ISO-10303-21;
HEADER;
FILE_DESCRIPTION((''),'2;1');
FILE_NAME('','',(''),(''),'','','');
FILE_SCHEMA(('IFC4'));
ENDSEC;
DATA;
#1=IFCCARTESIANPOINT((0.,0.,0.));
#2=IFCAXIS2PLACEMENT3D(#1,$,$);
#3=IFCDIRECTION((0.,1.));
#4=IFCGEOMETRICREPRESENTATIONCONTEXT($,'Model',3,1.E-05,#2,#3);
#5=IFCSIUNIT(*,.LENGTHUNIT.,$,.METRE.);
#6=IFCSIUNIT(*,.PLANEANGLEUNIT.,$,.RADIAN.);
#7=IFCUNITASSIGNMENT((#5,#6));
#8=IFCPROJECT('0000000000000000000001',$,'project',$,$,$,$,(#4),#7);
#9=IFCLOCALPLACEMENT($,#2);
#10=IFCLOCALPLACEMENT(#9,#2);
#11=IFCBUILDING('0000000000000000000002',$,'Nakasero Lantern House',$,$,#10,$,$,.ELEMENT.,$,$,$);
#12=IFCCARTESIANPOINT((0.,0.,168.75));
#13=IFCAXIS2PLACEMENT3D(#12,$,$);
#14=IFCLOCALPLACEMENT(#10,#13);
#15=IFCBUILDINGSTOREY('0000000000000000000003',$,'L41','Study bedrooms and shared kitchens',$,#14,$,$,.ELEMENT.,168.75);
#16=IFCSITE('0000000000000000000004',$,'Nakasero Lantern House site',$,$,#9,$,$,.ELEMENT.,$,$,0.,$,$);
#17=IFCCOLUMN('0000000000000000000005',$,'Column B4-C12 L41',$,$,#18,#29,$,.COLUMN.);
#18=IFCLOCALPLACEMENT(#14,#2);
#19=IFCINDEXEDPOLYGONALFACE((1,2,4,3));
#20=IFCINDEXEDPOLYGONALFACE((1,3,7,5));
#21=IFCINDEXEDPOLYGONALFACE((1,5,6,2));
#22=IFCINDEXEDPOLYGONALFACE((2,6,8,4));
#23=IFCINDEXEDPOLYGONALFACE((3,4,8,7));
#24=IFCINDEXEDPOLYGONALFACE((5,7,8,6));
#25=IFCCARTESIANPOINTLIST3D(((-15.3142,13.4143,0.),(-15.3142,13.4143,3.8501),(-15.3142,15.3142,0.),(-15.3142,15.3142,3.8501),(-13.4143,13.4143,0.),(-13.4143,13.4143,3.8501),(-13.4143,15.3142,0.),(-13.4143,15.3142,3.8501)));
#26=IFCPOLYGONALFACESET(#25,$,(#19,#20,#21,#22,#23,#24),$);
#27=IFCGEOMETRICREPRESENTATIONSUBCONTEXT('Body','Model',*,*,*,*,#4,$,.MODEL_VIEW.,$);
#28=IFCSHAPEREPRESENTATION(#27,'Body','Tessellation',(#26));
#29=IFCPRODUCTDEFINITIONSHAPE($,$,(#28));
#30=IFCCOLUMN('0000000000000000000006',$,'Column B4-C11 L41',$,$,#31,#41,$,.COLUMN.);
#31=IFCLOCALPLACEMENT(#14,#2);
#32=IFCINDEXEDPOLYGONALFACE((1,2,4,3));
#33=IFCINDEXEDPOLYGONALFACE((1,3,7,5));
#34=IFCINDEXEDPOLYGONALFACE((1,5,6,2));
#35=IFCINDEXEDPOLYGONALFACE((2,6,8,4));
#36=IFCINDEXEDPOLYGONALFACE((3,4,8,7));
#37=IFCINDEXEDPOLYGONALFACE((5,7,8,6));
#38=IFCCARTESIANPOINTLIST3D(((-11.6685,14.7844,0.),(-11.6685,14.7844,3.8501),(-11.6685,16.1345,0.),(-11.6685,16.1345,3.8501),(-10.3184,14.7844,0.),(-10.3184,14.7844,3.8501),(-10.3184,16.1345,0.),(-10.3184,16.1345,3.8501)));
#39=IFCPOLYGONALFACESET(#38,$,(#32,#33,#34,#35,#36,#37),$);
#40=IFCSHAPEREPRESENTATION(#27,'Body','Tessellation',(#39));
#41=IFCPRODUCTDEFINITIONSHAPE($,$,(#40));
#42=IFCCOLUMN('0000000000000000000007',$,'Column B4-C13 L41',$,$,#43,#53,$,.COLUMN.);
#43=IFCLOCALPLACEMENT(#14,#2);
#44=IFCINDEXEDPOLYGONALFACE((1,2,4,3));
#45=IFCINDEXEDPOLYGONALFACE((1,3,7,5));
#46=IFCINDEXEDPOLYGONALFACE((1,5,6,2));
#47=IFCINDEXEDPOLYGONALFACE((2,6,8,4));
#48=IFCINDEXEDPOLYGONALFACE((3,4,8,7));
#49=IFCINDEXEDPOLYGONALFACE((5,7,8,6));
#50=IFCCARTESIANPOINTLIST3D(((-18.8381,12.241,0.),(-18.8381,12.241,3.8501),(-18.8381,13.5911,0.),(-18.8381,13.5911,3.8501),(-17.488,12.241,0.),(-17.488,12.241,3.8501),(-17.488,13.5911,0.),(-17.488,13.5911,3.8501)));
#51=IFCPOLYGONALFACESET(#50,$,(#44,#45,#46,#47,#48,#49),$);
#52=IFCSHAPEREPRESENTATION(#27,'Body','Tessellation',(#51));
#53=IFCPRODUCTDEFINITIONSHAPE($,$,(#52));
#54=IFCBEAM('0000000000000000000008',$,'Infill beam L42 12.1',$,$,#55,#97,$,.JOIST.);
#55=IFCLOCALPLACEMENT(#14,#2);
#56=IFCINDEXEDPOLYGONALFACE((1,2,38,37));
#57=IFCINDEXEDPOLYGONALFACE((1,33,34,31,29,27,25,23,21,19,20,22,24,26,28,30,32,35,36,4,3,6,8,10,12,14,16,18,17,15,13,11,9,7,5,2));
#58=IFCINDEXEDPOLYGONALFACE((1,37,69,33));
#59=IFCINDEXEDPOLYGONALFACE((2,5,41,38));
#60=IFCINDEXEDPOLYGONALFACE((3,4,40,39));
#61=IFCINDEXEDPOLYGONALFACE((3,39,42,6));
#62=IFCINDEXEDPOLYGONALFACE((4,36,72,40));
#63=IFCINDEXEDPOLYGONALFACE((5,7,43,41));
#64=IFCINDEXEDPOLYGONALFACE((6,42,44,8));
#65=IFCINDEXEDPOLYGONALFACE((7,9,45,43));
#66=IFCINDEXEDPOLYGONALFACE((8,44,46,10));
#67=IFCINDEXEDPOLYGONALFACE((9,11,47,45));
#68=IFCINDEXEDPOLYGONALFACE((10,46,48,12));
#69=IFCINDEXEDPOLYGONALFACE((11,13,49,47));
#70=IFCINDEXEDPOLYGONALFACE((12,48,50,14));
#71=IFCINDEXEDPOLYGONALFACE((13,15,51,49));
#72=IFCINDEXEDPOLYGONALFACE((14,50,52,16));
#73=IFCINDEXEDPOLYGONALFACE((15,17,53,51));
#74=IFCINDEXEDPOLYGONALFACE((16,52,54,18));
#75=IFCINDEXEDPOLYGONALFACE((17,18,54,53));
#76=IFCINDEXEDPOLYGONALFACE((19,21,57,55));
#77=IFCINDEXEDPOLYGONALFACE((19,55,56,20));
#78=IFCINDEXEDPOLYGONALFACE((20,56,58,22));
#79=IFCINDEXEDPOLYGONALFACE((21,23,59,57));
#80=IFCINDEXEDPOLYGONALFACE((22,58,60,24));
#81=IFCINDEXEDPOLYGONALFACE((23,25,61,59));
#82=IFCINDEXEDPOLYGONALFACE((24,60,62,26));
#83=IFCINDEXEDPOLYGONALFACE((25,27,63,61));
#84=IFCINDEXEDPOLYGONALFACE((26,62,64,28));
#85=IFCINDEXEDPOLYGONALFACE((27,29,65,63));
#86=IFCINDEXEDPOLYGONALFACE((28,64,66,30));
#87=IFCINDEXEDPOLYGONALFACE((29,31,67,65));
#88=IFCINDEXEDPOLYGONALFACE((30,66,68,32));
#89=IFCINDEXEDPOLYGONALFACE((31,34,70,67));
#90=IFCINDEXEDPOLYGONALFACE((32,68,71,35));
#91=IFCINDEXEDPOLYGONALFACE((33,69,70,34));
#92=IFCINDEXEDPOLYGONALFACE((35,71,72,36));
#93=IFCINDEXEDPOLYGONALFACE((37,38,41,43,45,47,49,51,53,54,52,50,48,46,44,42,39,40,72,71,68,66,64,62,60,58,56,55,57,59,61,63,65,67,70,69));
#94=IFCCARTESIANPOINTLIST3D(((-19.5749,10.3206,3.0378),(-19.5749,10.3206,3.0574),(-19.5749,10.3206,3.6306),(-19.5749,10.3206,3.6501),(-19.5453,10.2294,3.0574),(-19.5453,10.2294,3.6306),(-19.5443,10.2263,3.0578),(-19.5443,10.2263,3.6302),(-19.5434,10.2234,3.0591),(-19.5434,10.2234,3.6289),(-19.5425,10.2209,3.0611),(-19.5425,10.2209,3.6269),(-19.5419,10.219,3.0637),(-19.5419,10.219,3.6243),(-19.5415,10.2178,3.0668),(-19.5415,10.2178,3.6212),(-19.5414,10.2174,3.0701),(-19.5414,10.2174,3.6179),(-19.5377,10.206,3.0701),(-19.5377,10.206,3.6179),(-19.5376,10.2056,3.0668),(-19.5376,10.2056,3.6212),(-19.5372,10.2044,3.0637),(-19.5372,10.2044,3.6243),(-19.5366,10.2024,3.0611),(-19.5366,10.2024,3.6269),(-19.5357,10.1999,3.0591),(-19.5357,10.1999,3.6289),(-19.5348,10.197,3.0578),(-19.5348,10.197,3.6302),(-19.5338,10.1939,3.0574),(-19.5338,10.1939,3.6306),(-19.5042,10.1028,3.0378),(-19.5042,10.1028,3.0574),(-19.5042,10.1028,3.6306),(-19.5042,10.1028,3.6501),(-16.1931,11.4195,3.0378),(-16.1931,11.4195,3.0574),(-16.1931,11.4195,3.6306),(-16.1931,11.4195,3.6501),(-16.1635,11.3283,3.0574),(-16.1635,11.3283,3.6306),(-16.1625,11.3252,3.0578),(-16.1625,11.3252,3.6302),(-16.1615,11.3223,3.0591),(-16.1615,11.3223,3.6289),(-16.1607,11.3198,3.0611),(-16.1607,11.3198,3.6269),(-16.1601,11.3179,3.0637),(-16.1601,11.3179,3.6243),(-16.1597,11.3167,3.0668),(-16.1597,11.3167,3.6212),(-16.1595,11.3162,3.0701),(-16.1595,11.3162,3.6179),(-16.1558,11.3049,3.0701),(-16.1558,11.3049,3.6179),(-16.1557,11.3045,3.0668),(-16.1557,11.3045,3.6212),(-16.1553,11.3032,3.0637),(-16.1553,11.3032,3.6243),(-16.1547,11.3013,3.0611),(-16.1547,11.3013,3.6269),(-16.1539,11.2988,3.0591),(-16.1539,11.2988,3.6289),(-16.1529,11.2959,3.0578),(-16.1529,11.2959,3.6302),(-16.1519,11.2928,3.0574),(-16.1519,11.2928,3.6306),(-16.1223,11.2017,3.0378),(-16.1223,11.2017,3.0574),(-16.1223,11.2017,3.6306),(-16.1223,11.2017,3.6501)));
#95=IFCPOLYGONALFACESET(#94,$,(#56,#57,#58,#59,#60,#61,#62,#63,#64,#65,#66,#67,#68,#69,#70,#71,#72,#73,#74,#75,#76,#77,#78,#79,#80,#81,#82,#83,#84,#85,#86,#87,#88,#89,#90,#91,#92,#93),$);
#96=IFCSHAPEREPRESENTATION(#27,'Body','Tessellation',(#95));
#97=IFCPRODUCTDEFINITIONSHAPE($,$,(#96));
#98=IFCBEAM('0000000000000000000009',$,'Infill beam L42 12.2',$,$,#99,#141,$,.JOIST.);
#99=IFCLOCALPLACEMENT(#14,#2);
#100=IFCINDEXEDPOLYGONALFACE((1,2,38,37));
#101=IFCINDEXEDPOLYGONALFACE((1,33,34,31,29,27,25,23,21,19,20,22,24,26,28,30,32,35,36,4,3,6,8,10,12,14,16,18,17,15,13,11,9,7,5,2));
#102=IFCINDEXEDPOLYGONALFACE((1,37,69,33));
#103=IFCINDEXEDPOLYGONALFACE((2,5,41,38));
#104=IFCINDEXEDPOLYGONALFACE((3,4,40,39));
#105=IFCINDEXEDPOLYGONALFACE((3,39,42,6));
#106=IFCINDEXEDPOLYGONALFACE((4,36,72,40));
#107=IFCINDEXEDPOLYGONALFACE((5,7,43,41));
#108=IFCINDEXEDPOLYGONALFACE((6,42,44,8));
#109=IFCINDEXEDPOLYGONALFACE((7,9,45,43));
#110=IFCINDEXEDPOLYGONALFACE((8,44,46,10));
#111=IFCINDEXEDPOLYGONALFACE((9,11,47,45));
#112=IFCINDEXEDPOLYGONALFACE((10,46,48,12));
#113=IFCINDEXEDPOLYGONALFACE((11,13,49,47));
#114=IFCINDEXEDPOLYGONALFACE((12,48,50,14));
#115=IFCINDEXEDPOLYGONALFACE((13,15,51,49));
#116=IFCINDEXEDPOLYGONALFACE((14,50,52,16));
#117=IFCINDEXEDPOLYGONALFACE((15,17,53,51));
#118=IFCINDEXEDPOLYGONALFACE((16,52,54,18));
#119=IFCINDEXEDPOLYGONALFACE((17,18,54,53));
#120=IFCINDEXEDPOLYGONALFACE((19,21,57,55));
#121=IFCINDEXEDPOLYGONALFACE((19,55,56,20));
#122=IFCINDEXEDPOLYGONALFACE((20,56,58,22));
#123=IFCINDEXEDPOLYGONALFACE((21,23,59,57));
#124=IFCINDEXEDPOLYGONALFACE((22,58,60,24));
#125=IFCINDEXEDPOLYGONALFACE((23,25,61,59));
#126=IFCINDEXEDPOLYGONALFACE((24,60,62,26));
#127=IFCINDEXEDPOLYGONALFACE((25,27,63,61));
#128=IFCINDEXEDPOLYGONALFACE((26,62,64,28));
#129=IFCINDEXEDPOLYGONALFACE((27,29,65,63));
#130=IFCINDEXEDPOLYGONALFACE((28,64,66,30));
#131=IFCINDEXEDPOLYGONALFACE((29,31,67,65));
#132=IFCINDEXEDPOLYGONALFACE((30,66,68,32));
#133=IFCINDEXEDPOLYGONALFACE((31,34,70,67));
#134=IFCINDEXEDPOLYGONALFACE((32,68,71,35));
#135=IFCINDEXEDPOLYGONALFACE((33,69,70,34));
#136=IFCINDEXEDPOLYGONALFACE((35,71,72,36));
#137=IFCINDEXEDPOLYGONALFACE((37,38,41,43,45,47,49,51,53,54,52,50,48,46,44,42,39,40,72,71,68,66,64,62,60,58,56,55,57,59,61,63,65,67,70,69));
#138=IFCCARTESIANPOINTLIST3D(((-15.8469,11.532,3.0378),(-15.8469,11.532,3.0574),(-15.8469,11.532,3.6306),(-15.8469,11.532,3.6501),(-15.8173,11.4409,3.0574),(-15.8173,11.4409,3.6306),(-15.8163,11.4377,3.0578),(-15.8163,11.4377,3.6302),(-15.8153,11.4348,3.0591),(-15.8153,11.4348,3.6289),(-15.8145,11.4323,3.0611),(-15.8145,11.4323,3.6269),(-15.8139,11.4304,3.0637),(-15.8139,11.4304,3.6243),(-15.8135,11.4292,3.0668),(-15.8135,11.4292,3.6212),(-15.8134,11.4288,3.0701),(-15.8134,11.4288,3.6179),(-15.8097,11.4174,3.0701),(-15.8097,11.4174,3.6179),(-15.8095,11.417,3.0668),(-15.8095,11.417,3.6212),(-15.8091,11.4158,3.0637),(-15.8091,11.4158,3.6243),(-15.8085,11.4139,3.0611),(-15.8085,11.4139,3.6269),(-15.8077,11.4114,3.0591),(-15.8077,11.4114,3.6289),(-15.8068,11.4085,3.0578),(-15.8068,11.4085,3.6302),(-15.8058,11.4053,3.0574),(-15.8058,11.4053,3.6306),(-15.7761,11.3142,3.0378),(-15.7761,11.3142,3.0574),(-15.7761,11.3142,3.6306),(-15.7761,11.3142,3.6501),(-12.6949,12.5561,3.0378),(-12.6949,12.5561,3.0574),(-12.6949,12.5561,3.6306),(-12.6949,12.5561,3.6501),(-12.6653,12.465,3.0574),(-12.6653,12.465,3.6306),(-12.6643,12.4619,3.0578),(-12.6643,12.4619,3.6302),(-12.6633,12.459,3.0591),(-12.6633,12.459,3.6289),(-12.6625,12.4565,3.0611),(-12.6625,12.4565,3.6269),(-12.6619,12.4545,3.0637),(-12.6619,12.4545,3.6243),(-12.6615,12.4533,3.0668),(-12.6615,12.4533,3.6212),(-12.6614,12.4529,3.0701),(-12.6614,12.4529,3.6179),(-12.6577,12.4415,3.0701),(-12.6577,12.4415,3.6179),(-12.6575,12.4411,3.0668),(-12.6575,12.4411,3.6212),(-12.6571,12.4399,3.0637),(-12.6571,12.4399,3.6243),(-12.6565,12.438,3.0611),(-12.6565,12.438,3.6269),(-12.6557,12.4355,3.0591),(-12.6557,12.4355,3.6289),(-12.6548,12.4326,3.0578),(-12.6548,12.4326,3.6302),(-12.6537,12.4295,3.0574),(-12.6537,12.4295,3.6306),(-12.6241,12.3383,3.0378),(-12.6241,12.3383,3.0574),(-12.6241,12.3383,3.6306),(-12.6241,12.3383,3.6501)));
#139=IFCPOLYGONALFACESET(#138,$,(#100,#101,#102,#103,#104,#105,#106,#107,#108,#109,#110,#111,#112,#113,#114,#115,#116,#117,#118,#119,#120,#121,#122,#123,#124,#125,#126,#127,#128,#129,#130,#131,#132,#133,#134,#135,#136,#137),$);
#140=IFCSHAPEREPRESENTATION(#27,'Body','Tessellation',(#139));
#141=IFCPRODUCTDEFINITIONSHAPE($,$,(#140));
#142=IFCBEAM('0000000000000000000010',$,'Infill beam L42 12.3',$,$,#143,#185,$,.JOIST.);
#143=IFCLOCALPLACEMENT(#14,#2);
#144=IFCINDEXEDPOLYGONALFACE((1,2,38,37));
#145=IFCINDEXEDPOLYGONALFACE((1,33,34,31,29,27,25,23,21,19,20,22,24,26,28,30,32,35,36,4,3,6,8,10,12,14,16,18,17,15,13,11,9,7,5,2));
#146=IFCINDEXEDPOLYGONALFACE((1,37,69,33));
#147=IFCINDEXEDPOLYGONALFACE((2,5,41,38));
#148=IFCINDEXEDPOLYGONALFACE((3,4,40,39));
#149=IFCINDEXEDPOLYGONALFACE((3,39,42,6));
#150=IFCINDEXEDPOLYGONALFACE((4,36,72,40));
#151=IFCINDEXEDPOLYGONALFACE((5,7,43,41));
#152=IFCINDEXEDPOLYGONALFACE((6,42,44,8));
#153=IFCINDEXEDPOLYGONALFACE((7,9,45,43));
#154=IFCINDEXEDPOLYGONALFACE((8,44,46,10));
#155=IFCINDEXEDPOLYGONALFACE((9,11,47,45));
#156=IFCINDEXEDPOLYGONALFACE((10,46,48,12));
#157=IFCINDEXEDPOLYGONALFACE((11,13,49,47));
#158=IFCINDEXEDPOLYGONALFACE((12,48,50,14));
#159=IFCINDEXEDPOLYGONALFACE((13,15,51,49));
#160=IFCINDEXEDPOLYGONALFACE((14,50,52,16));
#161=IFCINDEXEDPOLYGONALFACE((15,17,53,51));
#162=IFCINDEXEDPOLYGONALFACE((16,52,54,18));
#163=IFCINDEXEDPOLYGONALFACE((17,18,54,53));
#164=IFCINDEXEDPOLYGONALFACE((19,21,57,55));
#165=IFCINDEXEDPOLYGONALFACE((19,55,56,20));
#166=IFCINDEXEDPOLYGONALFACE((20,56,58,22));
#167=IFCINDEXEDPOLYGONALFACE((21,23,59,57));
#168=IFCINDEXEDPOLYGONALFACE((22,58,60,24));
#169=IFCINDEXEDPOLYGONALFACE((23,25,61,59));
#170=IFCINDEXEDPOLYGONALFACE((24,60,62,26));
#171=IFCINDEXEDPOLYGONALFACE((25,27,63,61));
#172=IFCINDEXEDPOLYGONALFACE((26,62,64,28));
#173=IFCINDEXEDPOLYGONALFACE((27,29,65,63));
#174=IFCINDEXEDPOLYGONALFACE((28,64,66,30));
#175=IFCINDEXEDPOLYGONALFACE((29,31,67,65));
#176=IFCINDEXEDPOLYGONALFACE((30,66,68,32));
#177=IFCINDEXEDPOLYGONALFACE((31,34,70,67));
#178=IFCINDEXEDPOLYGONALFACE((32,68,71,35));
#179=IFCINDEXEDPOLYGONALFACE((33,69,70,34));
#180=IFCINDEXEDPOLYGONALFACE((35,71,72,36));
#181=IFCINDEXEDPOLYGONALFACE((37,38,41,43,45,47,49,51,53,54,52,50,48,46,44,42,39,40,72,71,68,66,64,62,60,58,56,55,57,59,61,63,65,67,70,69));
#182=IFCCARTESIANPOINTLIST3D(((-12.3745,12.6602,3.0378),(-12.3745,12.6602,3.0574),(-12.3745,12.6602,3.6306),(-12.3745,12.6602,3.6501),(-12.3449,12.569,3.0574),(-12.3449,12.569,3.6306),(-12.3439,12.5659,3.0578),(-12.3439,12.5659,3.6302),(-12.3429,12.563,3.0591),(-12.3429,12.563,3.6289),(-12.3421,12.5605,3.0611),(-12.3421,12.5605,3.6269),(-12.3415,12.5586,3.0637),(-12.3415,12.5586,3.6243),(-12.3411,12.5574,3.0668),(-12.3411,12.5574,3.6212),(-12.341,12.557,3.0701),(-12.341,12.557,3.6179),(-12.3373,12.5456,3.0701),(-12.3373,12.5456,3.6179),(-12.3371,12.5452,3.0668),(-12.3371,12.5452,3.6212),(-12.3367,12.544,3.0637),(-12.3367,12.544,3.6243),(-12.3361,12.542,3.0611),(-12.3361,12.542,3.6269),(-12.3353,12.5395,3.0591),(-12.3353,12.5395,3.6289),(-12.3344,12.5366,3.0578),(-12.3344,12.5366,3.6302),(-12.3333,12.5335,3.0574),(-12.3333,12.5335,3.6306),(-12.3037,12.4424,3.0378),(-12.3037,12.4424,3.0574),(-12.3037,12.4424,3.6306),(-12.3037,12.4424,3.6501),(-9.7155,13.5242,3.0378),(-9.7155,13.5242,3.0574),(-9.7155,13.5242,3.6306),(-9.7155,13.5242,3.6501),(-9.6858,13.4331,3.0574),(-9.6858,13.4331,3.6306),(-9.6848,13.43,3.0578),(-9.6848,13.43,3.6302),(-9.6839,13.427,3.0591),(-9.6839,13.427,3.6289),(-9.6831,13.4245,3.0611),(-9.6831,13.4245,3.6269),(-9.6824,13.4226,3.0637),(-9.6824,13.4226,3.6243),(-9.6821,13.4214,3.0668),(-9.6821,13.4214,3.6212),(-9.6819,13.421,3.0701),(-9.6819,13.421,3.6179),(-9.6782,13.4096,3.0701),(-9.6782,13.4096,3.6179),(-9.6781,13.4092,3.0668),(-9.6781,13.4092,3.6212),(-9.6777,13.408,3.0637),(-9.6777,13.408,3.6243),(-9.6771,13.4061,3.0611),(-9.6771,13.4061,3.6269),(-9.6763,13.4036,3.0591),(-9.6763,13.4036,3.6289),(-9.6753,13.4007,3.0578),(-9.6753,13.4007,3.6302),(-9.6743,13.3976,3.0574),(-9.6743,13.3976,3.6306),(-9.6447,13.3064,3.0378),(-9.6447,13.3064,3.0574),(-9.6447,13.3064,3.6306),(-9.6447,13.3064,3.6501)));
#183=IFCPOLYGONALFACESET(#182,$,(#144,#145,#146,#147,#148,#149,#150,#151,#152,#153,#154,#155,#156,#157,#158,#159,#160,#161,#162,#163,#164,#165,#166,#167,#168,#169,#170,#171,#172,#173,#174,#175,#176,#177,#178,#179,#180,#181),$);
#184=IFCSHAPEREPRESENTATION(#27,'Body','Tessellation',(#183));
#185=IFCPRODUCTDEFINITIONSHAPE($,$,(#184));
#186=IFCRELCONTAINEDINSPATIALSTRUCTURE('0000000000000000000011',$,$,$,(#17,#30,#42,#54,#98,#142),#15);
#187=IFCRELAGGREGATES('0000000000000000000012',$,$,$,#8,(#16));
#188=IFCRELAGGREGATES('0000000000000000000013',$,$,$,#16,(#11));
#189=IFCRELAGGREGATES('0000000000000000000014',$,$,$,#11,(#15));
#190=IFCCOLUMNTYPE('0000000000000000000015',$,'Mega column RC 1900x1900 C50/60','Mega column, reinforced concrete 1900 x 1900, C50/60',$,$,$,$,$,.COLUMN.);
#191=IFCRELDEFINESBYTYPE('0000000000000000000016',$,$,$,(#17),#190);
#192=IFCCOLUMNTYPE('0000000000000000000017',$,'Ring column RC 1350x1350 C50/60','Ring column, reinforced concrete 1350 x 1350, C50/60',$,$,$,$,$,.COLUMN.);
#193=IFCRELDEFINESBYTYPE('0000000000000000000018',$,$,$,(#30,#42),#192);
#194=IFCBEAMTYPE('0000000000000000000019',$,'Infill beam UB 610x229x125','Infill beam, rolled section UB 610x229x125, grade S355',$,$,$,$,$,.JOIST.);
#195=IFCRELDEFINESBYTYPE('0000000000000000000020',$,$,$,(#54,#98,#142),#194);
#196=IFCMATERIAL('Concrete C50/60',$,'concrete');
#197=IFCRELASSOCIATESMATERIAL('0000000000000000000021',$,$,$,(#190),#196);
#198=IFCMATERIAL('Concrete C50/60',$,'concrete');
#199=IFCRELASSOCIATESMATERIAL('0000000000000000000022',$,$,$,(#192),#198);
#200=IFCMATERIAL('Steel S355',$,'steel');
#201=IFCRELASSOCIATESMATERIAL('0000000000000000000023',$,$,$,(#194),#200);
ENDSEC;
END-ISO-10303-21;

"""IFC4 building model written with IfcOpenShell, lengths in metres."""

from ifc_helpers import new_model, si_unit, direction, frame, origin, origin_2d, place, context, subcontext, project, spatial, rectangle, i_section, extrude, material, material_profile, profile_set, type_object, element, save


model = new_model("IFC4")

# Units and contexts
model_context = context("Model", 3, precision=1e-05, world=origin(), true_north=direction((0.0, 1.0)))
body_context = subcontext(model_context, "Body", "Model", "MODEL_VIEW")
ifc_project = project(units=[si_unit("LENGTHUNIT", "METRE"), si_unit("PLANEANGLEUNIT", "RADIAN")], contexts=[model_context])

# Site, building, storey
site_placement = place(None, origin())
site = spatial("IfcSite", under=ifc_project, at=site_placement, Name="Nakasero Lantern House site", CompositionType="ELEMENT", RefElevation=0.0)
building_placement = place(site_placement, origin())
building = spatial("IfcBuilding", under=site, at=building_placement, Name="Nakasero Lantern House", CompositionType="ELEMENT")
storey_placement = place(building_placement, frame((0.0, 0.0, 168.75)))
storey = spatial("IfcBuildingStorey", under=building, at=storey_placement, Name="L41", Description="Study bedrooms and shared kitchens", CompositionType="ELEMENT", Elevation=168.75)

# Columns
ifc_material_1 = material(Name="Concrete C50/60", Category="concrete")
ifc_material_profile_1 = material_profile(ifc_material_1, rectangle(XDim=1.8999, YDim=1.8999, at=origin_2d()), Name="RC 1900x1900")
ifc_profile_set_1 = profile_set([ifc_material_profile_1], Name="Concrete C50/60")
column_type_1 = type_object("IfcColumnType", Name="Mega column RC 1900x1900 C50/60", Description="Mega column, reinforced concrete 1900 x 1900, C50/60", PredefinedType="COLUMN", material=ifc_profile_set_1)
column_placement = place(storey_placement, frame((-14.3643, 14.3643, 0.0), z_axis=(0.0, 0.0, 1.0), x_axis=(1.0, 0.0, 0.0)))
element("IfcColumn", 1, at=column_placement, inside=storey, type_object=column_type_1, Name="Column B4-C12 L41", PredefinedType="COLUMN", context=body_context, shape_type="SweptSolid", body=[
    extrude(rectangle(XDim=1.8999, YDim=1.8999, at=origin_2d()), origin(), (0.0, 0.0, 1.0), 3.8501),
])
ifc_material_2 = material(Name="Concrete C50/60", Category="concrete")
ifc_material_profile_2 = material_profile(ifc_material_2, rectangle(XDim=1.3501, YDim=1.3501, at=origin_2d()), Name="RC 1350x1350")
ifc_profile_set_2 = profile_set([ifc_material_profile_2], Name="Concrete C50/60")
column_type_2 = type_object("IfcColumnType", Name="Ring column RC 1350x1350 C50/60", Description="Ring column, reinforced concrete 1350 x 1350, C50/60", PredefinedType="COLUMN", material=ifc_profile_set_2)
for number, where, z_axis, x_axis, name in (
    (2, (-10.9934, 15.4595, 0.0), (0.0, 0.0, 1.0), (1.0, 0.0, 0.0), "Column B4-C11 L41"),
    (3, (-18.1631, 12.916, 0.0), (0.0, 0.0, 1.0), (1.0, 0.0, 0.0), "Column B4-C13 L41"),
):
    element("IfcColumn", number, at=place(storey_placement, frame(where, z_axis=z_axis, x_axis=x_axis)), inside=storey, type_object=column_type_2, Name=name, PredefinedType="COLUMN", context=body_context, shape_type="SweptSolid", body=[
        extrude(rectangle(XDim=1.3501, YDim=1.3501, at=origin_2d()), origin(), (0.0, 0.0, 1.0), 3.8501),
    ])

# Beams
ifc_material_3 = material(Name="Steel S355", Category="steel")
ifc_material_profile_3 = material_profile(ifc_material_3, i_section(OverallWidth=0.229, OverallDepth=0.6123, WebThickness=0.012, FlangeThickness=0.0195, FilletRadius=0.0127, at=origin_2d()), Name="UB 610x229x125")
ifc_profile_set_3 = profile_set([ifc_material_profile_3], Name="Steel S355")
beam_type_1 = type_object("IfcBeamType", Name="Infill beam UB 610x229x125", Description="Infill beam, rolled section UB 610x229x125, grade S355", PredefinedType="JOIST", material=ifc_profile_set_3)
beam_1_placement = place(storey_placement, frame((-19.5396, 10.2117, 3.344), z_axis=(0.951052, 0.30903, 0.0), x_axis=(-0.30903, 0.951052, 0.0)))
element("IfcBeam", 4, at=beam_1_placement, inside=storey, type_object=beam_type_1, Name="Infill beam L42 12.1", PredefinedType="JOIST", context=body_context, shape_type="SweptSolid", body=[
    extrude(i_section(OverallWidth=0.229, OverallDepth=0.6123, WebThickness=0.012, FlangeThickness=0.0195, FilletRadius=0.0127, at=origin_2d()), origin(), (0.0, 0.0, 1.0), 3.5559),
])
beam_2_placement = place(storey_placement, frame((-15.8115, 11.4231, 3.344), z_axis=(0.951057, 0.309014, 0.0), x_axis=(-0.309014, 0.951057, 0.0)))
element("IfcBeam", 5, at=beam_2_placement, inside=storey, type_object=beam_type_1, Name="Infill beam L42 12.2", PredefinedType="JOIST", context=body_context, shape_type="SweptSolid", body=[
    extrude(i_section(OverallWidth=0.229, OverallDepth=0.6123, WebThickness=0.012, FlangeThickness=0.0195, FilletRadius=0.0127, at=origin_2d()), origin(), (0.0, 0.0, 1.0), 3.3142),
])
beam_3_placement = place(storey_placement, frame((-12.3391, 12.5513, 3.344), z_axis=(0.951049, 0.309041, 0.0), x_axis=(-0.309041, 0.951049, 0.0)))
element("IfcBeam", 6, at=beam_3_placement, inside=storey, type_object=beam_type_1, Name="Infill beam L42 12.3", PredefinedType="JOIST", context=body_context, shape_type="SweptSolid", body=[
    extrude(i_section(OverallWidth=0.229, OverallDepth=0.6123, WebThickness=0.012, FlangeThickness=0.0195, FilletRadius=0.0127, at=origin_2d()), origin(), (0.0, 0.0, 1.0), 2.7959),
])

save(model, "model.ifc")
